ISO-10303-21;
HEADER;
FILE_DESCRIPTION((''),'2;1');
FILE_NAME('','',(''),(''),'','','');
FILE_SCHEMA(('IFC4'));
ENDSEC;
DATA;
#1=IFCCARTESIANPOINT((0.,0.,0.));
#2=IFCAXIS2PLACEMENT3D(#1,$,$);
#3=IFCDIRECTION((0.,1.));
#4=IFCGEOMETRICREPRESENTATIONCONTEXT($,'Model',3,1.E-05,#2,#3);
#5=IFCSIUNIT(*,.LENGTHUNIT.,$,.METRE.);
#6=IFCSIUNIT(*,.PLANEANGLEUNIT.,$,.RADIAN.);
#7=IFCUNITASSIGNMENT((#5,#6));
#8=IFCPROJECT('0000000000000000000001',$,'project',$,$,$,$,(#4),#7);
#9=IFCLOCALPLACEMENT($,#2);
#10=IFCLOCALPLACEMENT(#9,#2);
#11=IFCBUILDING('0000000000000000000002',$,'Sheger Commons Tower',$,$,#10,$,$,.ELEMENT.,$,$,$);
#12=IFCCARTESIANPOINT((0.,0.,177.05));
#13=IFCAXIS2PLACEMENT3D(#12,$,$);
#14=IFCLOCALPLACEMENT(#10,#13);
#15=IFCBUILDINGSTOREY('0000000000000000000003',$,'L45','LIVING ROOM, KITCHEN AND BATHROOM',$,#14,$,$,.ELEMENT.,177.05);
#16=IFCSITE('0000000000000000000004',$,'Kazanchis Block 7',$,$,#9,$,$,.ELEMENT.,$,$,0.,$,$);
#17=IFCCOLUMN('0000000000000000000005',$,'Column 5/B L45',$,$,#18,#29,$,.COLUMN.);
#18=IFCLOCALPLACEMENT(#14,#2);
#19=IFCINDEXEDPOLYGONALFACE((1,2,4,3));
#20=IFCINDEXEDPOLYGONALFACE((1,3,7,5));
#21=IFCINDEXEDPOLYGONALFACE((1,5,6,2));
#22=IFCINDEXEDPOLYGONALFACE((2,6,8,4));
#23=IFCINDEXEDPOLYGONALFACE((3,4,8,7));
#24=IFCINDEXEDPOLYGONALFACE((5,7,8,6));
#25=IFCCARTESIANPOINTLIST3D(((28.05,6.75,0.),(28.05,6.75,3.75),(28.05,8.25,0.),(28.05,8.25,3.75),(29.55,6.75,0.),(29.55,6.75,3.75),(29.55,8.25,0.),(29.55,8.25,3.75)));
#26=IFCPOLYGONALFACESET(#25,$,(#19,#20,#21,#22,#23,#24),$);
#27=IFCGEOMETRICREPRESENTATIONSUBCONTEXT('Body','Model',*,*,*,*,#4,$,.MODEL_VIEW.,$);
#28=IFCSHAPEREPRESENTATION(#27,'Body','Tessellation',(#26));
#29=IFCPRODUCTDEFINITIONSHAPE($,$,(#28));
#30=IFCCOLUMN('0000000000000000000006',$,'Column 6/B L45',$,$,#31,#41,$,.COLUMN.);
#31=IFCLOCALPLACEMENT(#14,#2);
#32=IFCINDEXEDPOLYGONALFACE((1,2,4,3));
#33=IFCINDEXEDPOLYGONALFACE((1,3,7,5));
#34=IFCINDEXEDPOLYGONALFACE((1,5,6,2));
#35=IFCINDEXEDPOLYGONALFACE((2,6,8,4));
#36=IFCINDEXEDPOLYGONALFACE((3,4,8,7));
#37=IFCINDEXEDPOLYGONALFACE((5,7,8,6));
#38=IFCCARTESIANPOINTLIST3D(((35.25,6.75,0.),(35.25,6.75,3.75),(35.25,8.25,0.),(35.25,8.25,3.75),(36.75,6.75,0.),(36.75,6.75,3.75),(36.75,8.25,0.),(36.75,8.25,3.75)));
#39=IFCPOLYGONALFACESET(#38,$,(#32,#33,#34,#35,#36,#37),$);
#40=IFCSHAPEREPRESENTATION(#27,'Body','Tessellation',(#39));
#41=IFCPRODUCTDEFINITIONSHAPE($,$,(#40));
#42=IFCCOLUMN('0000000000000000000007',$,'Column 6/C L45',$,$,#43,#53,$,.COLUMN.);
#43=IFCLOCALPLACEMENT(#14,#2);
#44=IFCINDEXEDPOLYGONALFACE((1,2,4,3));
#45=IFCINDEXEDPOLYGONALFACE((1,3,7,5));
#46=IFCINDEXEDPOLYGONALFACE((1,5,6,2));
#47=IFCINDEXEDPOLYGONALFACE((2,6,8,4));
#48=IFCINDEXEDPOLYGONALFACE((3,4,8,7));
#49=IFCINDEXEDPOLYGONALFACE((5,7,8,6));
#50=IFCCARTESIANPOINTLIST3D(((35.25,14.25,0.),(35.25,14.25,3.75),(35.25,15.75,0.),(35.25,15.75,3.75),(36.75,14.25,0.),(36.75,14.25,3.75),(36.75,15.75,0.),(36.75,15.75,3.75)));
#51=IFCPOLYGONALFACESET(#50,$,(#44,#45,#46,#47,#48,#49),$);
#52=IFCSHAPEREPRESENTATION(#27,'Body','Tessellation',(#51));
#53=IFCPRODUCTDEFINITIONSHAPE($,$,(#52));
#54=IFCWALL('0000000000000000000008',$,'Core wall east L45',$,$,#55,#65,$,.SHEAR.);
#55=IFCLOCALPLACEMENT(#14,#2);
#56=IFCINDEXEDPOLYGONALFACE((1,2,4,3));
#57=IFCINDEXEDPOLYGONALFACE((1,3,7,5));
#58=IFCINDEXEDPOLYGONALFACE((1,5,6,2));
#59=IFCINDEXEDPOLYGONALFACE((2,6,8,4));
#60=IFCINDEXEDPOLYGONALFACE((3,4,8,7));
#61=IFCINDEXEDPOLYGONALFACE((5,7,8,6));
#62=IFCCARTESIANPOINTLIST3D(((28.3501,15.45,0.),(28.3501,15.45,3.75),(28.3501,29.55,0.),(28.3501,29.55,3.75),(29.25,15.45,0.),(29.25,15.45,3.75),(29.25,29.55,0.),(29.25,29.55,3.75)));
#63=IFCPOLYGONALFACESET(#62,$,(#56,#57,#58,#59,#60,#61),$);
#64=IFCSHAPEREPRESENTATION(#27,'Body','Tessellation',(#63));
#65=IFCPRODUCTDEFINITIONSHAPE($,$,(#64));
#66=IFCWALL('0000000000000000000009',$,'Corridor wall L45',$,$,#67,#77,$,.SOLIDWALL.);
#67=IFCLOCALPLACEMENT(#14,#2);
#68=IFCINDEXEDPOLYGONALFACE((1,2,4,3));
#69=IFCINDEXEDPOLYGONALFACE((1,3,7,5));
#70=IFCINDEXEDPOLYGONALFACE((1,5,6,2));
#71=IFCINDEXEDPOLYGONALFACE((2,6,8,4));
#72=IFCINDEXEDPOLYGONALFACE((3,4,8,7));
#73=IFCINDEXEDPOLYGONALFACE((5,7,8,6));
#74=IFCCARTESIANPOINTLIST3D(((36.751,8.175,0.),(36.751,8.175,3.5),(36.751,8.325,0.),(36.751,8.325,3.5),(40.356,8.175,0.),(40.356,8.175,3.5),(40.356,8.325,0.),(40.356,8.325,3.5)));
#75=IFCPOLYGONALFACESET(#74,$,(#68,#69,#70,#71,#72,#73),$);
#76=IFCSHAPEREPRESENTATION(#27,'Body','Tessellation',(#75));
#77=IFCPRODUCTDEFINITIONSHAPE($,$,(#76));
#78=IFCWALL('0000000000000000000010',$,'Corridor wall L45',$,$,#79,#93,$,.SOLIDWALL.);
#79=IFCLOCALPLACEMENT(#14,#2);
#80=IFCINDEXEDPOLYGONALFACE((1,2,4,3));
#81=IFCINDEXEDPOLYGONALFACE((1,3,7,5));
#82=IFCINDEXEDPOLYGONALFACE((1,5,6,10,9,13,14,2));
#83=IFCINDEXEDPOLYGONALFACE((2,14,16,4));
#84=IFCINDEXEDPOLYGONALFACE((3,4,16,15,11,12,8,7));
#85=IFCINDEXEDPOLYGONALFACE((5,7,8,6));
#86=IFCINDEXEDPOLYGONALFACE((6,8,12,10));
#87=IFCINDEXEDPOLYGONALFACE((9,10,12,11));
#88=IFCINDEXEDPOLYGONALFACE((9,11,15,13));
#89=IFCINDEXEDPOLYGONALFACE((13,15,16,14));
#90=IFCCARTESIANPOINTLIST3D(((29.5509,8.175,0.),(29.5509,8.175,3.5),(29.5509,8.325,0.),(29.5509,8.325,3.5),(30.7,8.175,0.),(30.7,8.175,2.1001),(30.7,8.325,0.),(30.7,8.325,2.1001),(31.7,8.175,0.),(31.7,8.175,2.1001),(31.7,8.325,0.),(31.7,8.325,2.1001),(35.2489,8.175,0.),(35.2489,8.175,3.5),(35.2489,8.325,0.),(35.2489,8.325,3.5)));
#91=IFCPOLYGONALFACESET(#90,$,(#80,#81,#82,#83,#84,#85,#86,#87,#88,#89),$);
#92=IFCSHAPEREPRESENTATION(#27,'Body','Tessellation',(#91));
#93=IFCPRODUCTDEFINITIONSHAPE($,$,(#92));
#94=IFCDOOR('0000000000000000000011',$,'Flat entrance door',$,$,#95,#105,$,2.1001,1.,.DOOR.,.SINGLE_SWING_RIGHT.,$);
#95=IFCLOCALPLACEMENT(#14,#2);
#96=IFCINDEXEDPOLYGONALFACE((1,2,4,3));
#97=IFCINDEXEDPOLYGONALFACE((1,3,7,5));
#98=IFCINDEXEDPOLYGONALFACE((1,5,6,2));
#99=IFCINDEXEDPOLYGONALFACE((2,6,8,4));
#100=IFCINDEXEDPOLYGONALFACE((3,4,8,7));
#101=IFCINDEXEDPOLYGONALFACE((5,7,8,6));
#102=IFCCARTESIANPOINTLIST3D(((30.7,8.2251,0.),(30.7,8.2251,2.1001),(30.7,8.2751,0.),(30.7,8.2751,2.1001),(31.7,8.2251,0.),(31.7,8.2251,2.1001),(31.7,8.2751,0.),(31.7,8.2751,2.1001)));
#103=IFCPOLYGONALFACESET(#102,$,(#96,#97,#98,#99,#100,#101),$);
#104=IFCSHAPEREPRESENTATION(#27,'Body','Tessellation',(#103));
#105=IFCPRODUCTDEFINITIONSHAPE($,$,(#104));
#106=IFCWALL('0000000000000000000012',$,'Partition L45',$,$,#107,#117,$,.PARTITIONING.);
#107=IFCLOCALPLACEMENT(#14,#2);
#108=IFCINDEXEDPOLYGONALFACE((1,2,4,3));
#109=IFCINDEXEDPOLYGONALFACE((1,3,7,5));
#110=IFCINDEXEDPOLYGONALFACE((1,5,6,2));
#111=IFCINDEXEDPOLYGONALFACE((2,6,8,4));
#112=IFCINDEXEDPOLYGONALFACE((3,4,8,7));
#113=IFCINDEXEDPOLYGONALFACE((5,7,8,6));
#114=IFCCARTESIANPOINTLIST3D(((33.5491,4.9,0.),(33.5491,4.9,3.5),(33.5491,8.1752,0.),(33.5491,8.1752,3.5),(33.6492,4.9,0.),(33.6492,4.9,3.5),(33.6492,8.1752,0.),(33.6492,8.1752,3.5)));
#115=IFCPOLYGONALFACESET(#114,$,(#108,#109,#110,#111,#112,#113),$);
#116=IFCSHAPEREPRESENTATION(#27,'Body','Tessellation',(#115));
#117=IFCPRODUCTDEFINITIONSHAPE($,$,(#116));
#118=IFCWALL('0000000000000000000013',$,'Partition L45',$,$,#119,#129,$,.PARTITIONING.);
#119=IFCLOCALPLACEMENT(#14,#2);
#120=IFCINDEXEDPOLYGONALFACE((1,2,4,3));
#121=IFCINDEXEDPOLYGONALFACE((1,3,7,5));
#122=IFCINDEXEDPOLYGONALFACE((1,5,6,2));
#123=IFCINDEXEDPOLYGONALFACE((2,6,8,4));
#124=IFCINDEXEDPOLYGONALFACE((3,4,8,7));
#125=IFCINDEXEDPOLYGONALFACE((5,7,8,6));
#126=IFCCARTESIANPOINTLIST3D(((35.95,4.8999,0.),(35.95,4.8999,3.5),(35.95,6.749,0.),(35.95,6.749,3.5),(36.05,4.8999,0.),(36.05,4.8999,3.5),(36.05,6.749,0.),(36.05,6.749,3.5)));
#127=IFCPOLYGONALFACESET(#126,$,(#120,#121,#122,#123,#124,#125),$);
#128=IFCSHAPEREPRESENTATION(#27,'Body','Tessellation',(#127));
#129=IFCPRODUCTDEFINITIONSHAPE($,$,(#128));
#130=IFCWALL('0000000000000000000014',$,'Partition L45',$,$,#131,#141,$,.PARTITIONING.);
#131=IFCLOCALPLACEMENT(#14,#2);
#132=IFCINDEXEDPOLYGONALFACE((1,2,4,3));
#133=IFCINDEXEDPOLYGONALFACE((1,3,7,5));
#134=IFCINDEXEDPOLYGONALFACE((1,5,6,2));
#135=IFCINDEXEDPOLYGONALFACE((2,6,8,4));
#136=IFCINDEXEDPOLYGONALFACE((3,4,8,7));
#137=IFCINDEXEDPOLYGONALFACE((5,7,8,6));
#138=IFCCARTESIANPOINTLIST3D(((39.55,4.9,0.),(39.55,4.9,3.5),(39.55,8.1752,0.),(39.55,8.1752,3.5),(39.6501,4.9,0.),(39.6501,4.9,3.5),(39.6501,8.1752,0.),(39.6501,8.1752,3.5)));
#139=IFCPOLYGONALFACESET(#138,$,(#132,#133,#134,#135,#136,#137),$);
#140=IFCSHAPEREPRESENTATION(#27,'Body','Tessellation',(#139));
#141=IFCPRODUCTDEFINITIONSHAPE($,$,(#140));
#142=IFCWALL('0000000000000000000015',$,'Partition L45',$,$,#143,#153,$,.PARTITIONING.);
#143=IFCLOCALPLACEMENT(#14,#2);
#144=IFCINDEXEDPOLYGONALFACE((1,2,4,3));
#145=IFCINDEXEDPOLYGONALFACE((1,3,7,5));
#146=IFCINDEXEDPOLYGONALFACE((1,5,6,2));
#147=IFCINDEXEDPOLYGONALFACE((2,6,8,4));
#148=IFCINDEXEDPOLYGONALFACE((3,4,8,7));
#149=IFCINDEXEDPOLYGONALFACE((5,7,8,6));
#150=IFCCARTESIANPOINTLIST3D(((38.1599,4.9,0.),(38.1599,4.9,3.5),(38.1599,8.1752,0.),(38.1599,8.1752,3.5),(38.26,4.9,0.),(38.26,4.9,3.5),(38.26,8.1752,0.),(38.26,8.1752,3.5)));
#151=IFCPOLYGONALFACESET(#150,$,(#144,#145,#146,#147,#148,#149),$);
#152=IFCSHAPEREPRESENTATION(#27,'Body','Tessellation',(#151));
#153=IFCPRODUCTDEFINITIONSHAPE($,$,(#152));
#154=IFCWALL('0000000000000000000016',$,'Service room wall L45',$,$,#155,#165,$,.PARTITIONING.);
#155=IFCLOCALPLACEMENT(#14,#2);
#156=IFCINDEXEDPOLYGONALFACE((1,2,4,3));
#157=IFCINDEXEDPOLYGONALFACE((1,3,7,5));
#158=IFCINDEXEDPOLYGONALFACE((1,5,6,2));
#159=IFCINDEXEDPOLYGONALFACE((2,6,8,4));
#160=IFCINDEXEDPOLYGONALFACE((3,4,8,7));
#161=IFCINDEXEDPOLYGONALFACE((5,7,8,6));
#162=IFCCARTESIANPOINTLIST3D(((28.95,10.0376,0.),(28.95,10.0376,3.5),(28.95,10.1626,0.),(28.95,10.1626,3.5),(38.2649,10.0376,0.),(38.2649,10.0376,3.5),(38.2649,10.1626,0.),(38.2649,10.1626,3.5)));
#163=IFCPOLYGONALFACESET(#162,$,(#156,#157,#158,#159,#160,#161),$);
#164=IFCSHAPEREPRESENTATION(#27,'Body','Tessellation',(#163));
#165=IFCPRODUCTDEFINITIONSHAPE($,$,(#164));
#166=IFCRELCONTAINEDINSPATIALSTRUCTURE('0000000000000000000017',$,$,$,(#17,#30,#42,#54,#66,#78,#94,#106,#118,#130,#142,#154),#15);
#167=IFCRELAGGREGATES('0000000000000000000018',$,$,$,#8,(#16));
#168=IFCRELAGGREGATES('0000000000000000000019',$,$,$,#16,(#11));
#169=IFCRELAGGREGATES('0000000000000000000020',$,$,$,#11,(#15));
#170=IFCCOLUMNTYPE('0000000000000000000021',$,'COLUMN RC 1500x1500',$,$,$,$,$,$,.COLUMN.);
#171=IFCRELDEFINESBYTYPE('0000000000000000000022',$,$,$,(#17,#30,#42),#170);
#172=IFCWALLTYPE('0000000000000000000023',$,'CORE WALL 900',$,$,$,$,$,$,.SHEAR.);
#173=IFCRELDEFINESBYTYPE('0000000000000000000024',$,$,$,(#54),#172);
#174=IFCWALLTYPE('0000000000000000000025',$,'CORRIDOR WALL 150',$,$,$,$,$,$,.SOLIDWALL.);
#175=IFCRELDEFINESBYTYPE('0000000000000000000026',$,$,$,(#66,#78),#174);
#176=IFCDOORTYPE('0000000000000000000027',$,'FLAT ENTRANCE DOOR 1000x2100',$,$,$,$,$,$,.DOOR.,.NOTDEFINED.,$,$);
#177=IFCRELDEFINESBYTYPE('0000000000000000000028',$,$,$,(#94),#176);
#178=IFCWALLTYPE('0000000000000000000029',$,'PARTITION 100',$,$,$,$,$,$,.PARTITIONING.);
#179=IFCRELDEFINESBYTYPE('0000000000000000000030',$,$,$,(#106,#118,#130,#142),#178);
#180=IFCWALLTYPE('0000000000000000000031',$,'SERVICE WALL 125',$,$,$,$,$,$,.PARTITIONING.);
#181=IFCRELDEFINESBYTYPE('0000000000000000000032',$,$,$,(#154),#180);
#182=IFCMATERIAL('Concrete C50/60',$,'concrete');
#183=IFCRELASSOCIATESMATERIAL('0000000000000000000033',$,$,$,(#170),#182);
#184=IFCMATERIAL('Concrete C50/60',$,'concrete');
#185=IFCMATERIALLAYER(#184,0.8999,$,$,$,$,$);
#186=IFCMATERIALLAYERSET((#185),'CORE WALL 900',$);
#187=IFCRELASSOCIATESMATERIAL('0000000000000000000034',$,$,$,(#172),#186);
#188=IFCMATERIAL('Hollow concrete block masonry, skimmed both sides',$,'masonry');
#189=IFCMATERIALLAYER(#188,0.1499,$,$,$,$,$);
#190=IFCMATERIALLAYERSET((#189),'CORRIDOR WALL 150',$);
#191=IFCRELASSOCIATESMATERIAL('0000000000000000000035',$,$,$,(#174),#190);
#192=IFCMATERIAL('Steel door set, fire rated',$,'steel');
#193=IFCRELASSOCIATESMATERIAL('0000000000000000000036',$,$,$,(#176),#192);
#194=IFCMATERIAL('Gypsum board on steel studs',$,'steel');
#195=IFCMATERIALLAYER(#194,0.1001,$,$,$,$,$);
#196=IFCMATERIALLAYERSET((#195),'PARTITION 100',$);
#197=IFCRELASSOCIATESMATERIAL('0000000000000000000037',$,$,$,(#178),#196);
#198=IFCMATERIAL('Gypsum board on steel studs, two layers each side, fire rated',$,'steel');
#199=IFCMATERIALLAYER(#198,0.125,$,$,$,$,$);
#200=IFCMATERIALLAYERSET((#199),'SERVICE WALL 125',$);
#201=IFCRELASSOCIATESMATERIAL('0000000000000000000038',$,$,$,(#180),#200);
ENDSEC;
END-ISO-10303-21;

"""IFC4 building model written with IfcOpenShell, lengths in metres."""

from ifc_helpers import new_model, si_unit, direction, frame, frame_2d, origin, origin_2d, place, context, subcontext, project, spatial, rectangle, extrude, material, layer, layer_set, material_profile, profile_set, type_object, element, fill, save


model = new_model("IFC4")

# Units and contexts
model_context = context("Model", 3, precision=1e-05, world=origin(), true_north=direction((0.0, 1.0)))
body_context = subcontext(model_context, "Body", "Model", "MODEL_VIEW")
ifc_project = project(units=[si_unit("LENGTHUNIT", "METRE"), si_unit("PLANEANGLEUNIT", "RADIAN")], contexts=[model_context])

# Site, building, storey
site_placement = place(None, origin())
site = spatial("IfcSite", under=ifc_project, at=site_placement, Name="Kazanchis Block 7", CompositionType="ELEMENT", RefElevation=0.0)
building_placement = place(site_placement, origin())
building = spatial("IfcBuilding", under=site, at=building_placement, Name="Sheger Commons Tower", CompositionType="ELEMENT")
storey_placement = place(building_placement, frame((0.0, 0.0, 177.05)))
storey = spatial("IfcBuildingStorey", under=building, at=storey_placement, Name="L45", Description="LIVING ROOM, KITCHEN AND BATHROOM", CompositionType="ELEMENT", Elevation=177.05)

# Columns
ifc_material_1 = material(Name="Concrete C50/60", Category="concrete")
ifc_material_profile = material_profile(ifc_material_1, rectangle(XDim=1.5, YDim=1.5, at=origin_2d()), Name="RC 1500x1500")
ifc_profile_set = profile_set([ifc_material_profile], Name="Concrete C50/60")
column_type = type_object("IfcColumnType", Name="COLUMN RC 1500x1500", PredefinedType="COLUMN", material=ifc_profile_set)
for number, where, z_axis, x_axis, name in (
    (1, (28.8, 7.5, 0.0), (0.0, 0.0, 1.0), (1.0, 0.0, 0.0), "Column 5/B L45"),
    (2, (36.0, 7.5, 0.0), (0.0, 0.0, 1.0), (1.0, 0.0, 0.0), "Column 6/B L45"),
    (3, (36.0, 15.0, 0.0), (0.0, 0.0, 1.0), (1.0, 0.0, 0.0), "Column 6/C L45"),
):
    element("IfcColumn", number, at=place(storey_placement, frame(where, z_axis=z_axis, x_axis=x_axis)), inside=storey, type_object=column_type, Name=name, PredefinedType="COLUMN", context=body_context, shape_type="SweptSolid", body=[
        extrude(rectangle(XDim=1.5, YDim=1.5, at=origin_2d()), origin(), (0.0, 0.0, 1.0), 3.75),
    ])

# Walls
ifc_material_2 = material(Name="Concrete C50/60", Category="concrete")
ifc_layer_1 = layer(ifc_material_2, 0.8999)
ifc_layer_set_1 = layer_set([ifc_layer_1], Name="CORE WALL 900")
wall_type_1 = type_object("IfcWallType", Name="CORE WALL 900", PredefinedType="SHEAR", material=ifc_layer_set_1)
wall_1_placement = place(storey_placement, frame((28.8, 15.45, 0.0), z_axis=(0.0, 0.0, 1.0), x_axis=(0.0, 1.0, 0.0)))
element("IfcWall", 4, at=wall_1_placement, inside=storey, type_object=wall_type_1, Name="Core wall east L45", PredefinedType="SHEAR", context=body_context, shape_type="SweptSolid", body=[
    extrude(rectangle(XDim=14.1001, YDim=0.8999, at=frame_2d((7.05, 0.0))), origin(), (0.0, 0.0, 1.0), 3.75),
])
ifc_material_3 = material(Name="Hollow concrete block masonry, skimmed both sides", Category="masonry")
ifc_layer_2 = layer(ifc_material_3, 0.1499)
ifc_layer_set_2 = layer_set([ifc_layer_2], Name="CORRIDOR WALL 150")
wall_type_2 = type_object("IfcWallType", Name="CORRIDOR WALL 150", PredefinedType="SOLIDWALL", material=ifc_layer_set_2)
wall_2_placement = place(storey_placement, frame((40.356, 8.25, 0.0), z_axis=(0.0, 0.0, 1.0), x_axis=(-1.0, 0.0, 0.0)))
element("IfcWall", 5, at=wall_2_placement, inside=storey, type_object=wall_type_2, Name="Corridor wall L45", PredefinedType="SOLIDWALL", context=body_context, shape_type="SweptSolid", body=[
    extrude(rectangle(XDim=3.605, YDim=0.1499, at=frame_2d((1.8025, 0.0))), origin(), (0.0, 0.0, 1.0), 3.5),
])

# Wall, opening, door
wall_3_placement = place(storey_placement, frame((35.249, 8.25, 0.0), z_axis=(0.0, 0.0, 1.0), x_axis=(-1.0, 0.0, 0.0)))
wall_3 = element("IfcWall", 6, at=wall_3_placement, inside=storey, type_object=wall_type_2, Name="Corridor wall L45", PredefinedType="SOLIDWALL", context=body_context, shape_type="SweptSolid", body=[
    extrude(rectangle(XDim=5.698, YDim=0.1499, at=frame_2d((2.8491, 0.0))), origin(), (0.0, 0.0, 1.0), 3.5),
])
opening_1_placement = place(wall_3_placement, frame((3.5491, 0.0, 0.0)))
opening_1 = element("IfcOpeningElement", 7, at=opening_1_placement, cuts=wall_3, PredefinedType="OPENING", context=body_context, shape_type="SweptSolid", body=[
    extrude(rectangle(XDim=1.0, YDim=2.1001, at=frame_2d((0.5, 1.05))), frame((0.0, 0.085, 0.0), z_axis=(0.0, -1.0, 0.0), x_axis=(1.0, 0.0, 0.0)), (0.0, 0.0, 1.0), 0.1699),
])
ifc_material_4 = material(Name="Steel door set, fire rated", Category="steel")
door_type_1 = type_object("IfcDoorType", Name="FLAT ENTRANCE DOOR 1000x2100", OperationType="NOTDEFINED", PredefinedType="DOOR", material=ifc_material_4)
door_1_placement = place(opening_1_placement, origin())
door_1 = element("IfcDoor", 8, at=door_1_placement, inside=storey, type_object=door_type_1, Name="Flat entrance door", OperationType="SINGLE_SWING_RIGHT", OverallHeight=2.1001, OverallWidth=1.0, PredefinedType="DOOR", context=body_context, shape_type="SweptSolid", body=[
    extrude(rectangle(XDim=1.0, YDim=2.1001, at=frame_2d((0.5, 1.05))), frame((0.0, 0.0249, 0.0), z_axis=(0.0, -1.0, 0.0), x_axis=(1.0, 0.0, 0.0)), (0.0, 0.0, 1.0), 0.05),
])
fill(opening_1, door_1)

# Walls
ifc_material_5 = material(Name="Gypsum board on steel studs", Category="steel")
ifc_layer_3 = layer(ifc_material_5, 0.1001)
ifc_layer_set_3 = layer_set([ifc_layer_3], Name="PARTITION 100")
wall_type_3 = type_object("IfcWallType", Name="PARTITION 100", PredefinedType="PARTITIONING", material=ifc_layer_set_3)
wall_4_placement = place(storey_placement, frame((33.5991, 4.8999, 0.0), z_axis=(0.0, 0.0, 1.0), x_axis=(0.0, 1.0, 0.0)))
element("IfcWall", 9, at=wall_4_placement, inside=storey, type_object=wall_type_3, Name="Partition L45", PredefinedType="PARTITIONING", context=body_context, shape_type="SweptSolid", body=[
    extrude(rectangle(XDim=3.2751, YDim=0.1001, at=frame_2d((1.6377, 0.0))), origin(), (0.0, 0.0, 1.0), 3.5),
])
wall_5_placement = place(storey_placement, frame((36.0, 4.8999, 0.0), z_axis=(0.0, 0.0, 1.0), x_axis=(0.0, 1.0, 0.0)))
element("IfcWall", 10, at=wall_5_placement, inside=storey, type_object=wall_type_3, Name="Partition L45", PredefinedType="PARTITIONING", context=body_context, shape_type="SweptSolid", body=[
    extrude(rectangle(XDim=1.8491, YDim=0.1001, at=frame_2d((0.9246, 0.0))), origin(), (0.0, 0.0, 1.0), 3.5),
])
for number, where, z_axis, x_axis, name in (
    (11, (39.6001, 4.8999, 0.0), (0.0, 0.0, 1.0), (0.0, 1.0, 0.0), "Partition L45"),
    (12, (38.21, 4.8999, 0.0), (0.0, 0.0, 1.0), (0.0, 1.0, 0.0), "Partition L45"),
):
    element("IfcWall", number, at=place(storey_placement, frame(where, z_axis=z_axis, x_axis=x_axis)), inside=storey, type_object=wall_type_3, Name=name, PredefinedType="PARTITIONING", context=body_context, shape_type="SweptSolid", body=[
        extrude(rectangle(XDim=3.2751, YDim=0.1001, at=frame_2d((1.6377, 0.0))), origin(), (0.0, 0.0, 1.0), 3.5),
    ])
ifc_material_6 = material(Name="Gypsum board on steel studs, two layers each side, fire rated", Category="steel")
ifc_layer_4 = layer(ifc_material_6, 0.125)
ifc_layer_set_4 = layer_set([ifc_layer_4], Name="SERVICE WALL 125")
wall_type_4 = type_object("IfcWallType", Name="SERVICE WALL 125", PredefinedType="PARTITIONING", material=ifc_layer_set_4)
wall_6_placement = place(storey_placement, frame((28.95, 10.1001, 0.0), z_axis=(0.0, 0.0, 1.0), x_axis=(1.0, 0.0, 0.0)))
element("IfcWall", 13, at=wall_6_placement, inside=storey, type_object=wall_type_4, Name="Service room wall L45", PredefinedType="PARTITIONING", context=body_context, shape_type="SweptSolid", body=[
    extrude(rectangle(XDim=9.3149, YDim=0.125, at=frame_2d((4.6575, 0.0))), origin(), (0.0, 0.0, 1.0), 3.5),
])

save(model, "model.ifc")
